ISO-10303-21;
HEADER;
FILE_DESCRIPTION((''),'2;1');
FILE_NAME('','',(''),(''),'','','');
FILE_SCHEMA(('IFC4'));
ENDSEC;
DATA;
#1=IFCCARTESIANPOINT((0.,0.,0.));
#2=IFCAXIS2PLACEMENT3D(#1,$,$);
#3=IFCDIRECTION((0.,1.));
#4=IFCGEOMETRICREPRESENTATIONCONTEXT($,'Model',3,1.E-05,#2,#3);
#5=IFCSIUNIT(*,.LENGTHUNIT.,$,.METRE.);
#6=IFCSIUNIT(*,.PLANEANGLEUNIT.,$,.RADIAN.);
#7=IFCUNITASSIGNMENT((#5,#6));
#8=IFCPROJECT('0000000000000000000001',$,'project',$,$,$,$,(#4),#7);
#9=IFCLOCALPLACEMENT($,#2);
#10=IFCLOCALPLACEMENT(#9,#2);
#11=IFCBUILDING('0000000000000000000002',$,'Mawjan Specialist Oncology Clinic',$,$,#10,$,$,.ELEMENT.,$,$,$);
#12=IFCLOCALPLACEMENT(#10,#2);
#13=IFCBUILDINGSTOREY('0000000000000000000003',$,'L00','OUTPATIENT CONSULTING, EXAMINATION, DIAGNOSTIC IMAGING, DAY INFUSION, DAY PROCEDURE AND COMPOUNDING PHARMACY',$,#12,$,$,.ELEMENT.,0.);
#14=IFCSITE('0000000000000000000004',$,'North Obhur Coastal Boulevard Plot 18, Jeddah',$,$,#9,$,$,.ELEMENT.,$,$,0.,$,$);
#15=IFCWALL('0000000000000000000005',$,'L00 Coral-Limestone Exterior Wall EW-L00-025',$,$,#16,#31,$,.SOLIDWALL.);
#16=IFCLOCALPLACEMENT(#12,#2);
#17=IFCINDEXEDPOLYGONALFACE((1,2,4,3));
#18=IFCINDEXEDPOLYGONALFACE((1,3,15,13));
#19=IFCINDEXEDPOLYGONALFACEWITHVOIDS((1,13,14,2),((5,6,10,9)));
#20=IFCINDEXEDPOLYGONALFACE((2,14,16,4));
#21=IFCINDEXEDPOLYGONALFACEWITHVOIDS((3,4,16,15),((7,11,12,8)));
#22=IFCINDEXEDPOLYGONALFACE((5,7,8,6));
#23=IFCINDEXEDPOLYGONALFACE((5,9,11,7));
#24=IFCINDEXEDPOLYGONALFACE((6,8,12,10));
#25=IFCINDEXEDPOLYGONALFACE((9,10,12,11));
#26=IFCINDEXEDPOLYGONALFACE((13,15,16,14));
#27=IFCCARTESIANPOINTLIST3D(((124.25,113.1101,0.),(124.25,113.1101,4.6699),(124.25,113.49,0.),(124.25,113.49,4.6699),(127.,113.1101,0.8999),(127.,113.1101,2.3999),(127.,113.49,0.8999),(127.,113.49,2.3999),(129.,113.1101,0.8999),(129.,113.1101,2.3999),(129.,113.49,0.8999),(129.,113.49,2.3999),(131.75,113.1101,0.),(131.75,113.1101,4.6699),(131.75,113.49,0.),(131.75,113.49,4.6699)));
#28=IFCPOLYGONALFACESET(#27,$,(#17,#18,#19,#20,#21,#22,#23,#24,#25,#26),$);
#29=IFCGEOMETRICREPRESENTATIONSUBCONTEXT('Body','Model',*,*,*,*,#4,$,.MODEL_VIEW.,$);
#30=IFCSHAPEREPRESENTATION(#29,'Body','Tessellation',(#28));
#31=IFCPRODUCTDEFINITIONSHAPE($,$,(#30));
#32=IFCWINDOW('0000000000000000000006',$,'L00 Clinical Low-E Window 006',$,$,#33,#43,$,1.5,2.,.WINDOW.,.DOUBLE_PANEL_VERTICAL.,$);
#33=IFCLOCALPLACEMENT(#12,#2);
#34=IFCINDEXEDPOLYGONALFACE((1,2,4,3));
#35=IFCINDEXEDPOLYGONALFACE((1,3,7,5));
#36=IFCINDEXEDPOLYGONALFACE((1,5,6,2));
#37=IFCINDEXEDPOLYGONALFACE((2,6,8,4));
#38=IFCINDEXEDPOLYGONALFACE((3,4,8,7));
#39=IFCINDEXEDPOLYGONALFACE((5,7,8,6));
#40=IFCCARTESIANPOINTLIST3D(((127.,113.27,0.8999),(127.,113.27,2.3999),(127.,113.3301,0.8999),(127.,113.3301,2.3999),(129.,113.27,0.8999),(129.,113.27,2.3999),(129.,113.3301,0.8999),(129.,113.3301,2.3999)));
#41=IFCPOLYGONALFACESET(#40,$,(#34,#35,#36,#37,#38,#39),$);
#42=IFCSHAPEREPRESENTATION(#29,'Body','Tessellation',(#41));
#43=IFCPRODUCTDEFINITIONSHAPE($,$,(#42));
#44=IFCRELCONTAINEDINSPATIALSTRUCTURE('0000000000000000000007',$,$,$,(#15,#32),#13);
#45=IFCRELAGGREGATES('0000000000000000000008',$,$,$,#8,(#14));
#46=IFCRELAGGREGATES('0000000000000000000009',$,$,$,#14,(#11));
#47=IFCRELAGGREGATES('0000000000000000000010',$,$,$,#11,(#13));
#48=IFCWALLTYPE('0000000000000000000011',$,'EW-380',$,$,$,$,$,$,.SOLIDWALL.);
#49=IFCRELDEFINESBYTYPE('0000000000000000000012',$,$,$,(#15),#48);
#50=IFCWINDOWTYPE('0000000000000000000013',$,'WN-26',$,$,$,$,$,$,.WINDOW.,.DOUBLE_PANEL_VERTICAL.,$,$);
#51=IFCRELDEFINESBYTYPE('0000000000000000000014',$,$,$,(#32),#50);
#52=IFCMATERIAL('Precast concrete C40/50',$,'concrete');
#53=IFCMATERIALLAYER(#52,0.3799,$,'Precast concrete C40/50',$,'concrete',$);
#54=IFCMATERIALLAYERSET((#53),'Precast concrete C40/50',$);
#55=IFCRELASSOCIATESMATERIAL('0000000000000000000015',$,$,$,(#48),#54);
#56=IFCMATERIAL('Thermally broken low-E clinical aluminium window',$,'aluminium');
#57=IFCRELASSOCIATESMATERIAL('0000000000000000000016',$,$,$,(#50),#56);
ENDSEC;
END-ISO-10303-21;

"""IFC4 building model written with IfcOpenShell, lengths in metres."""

from ifc_helpers import new_model, si_unit, direction, frame, frame_2d, origin, place, context, subcontext, project, spatial, rectangle, extrude, material, layer, layer_set, type_object, element, fill, save


model = new_model("IFC4")

# Units and contexts
model_context = context("Model", 3, precision=1e-05, world=origin(), true_north=direction((0.0, 1.0)))
body_context = subcontext(model_context, "Body", "Model", "MODEL_VIEW")
ifc_project = project(units=[si_unit("LENGTHUNIT", "METRE"), si_unit("PLANEANGLEUNIT", "RADIAN")], contexts=[model_context])

# Site, building, storey
site_placement = place(None, origin())
site = spatial("IfcSite", under=ifc_project, at=site_placement, Name="North Obhur Coastal Boulevard Plot 18, Jeddah", CompositionType="ELEMENT", RefElevation=0.0)
building_placement = place(site_placement, origin())
building = spatial("IfcBuilding", under=site, at=building_placement, Name="Mawjan Specialist Oncology Clinic", CompositionType="ELEMENT")
storey_placement = place(building_placement, origin())
storey = spatial("IfcBuildingStorey", under=building, at=storey_placement, Name="L00", Description="OUTPATIENT CONSULTING, EXAMINATION, DIAGNOSTIC IMAGING, DAY INFUSION, DAY PROCEDURE AND COMPOUNDING PHARMACY", CompositionType="ELEMENT", Elevation=0.0)

# Wall, opening, window
ifc_material_1 = material(Name="Precast concrete C40/50", Category="concrete")
ifc_layer_1 = layer(ifc_material_1, 0.3799, Name="Precast concrete C40/50", Category="concrete")
ifc_layer_set_1 = layer_set([ifc_layer_1], Name="Precast concrete C40/50")
wall_type = type_object("IfcWallType", Name="EW-380", PredefinedType="SOLIDWALL", material=ifc_layer_set_1)
wall_placement = place(storey_placement, frame((124.25, 113.3, 0.0), z_axis=(0.0, 0.0, 1.0), x_axis=(1.0, 0.0, 0.0)))
wall = element("IfcWall", 1, at=wall_placement, inside=storey, type_object=wall_type, Name="L00 Coral-Limestone Exterior Wall EW-L00-025", PredefinedType="SOLIDWALL", context=body_context, shape_type="SweptSolid", body=[
    extrude(rectangle(XDim=7.5, YDim=0.3799, at=frame_2d((3.75, 0.0))), origin(), (0.0, 0.0, 1.0), 4.6699),
])
opening_placement = place(wall_placement, frame((2.75, 0.0, 0.8999)))
opening = element("IfcOpeningElement", 2, at=opening_placement, cuts=wall, PredefinedType="OPENING", context=body_context, shape_type="SweptSolid", body=[
    extrude(rectangle(XDim=2.0, YDim=1.5, at=frame_2d((1.0, 0.75))), frame((0.0, 0.2019, 0.0), z_axis=(0.0, -1.0, 0.0), x_axis=(1.0, 0.0, 0.0)), (0.0, 0.0, 1.0), 0.4038),
])
ifc_material_2 = material(Name="Thermally broken low-E clinical aluminium window", Category="aluminium")
window_type = type_object("IfcWindowType", Name="WN-26", PartitioningType="DOUBLE_PANEL_VERTICAL", PredefinedType="WINDOW", material=ifc_material_2)
window_placement = place(opening_placement, origin())
window = element("IfcWindow", 3, at=window_placement, inside=storey, type_object=window_type, Name="L00 Clinical Low-E Window 006", OverallHeight=1.5, OverallWidth=2.0, PartitioningType="DOUBLE_PANEL_VERTICAL", PredefinedType="WINDOW", context=body_context, shape_type="SweptSolid", body=[
    extrude(rectangle(XDim=2.0, YDim=1.5, at=frame_2d((1.0, 0.75))), frame((0.0, 0.03, 0.0), z_axis=(0.0, -1.0, 0.0), x_axis=(1.0, 0.0, 0.0)), (0.0, 0.0, 1.0), 0.0601),
])
fill(opening, window)

save(model, "model.ifc")
